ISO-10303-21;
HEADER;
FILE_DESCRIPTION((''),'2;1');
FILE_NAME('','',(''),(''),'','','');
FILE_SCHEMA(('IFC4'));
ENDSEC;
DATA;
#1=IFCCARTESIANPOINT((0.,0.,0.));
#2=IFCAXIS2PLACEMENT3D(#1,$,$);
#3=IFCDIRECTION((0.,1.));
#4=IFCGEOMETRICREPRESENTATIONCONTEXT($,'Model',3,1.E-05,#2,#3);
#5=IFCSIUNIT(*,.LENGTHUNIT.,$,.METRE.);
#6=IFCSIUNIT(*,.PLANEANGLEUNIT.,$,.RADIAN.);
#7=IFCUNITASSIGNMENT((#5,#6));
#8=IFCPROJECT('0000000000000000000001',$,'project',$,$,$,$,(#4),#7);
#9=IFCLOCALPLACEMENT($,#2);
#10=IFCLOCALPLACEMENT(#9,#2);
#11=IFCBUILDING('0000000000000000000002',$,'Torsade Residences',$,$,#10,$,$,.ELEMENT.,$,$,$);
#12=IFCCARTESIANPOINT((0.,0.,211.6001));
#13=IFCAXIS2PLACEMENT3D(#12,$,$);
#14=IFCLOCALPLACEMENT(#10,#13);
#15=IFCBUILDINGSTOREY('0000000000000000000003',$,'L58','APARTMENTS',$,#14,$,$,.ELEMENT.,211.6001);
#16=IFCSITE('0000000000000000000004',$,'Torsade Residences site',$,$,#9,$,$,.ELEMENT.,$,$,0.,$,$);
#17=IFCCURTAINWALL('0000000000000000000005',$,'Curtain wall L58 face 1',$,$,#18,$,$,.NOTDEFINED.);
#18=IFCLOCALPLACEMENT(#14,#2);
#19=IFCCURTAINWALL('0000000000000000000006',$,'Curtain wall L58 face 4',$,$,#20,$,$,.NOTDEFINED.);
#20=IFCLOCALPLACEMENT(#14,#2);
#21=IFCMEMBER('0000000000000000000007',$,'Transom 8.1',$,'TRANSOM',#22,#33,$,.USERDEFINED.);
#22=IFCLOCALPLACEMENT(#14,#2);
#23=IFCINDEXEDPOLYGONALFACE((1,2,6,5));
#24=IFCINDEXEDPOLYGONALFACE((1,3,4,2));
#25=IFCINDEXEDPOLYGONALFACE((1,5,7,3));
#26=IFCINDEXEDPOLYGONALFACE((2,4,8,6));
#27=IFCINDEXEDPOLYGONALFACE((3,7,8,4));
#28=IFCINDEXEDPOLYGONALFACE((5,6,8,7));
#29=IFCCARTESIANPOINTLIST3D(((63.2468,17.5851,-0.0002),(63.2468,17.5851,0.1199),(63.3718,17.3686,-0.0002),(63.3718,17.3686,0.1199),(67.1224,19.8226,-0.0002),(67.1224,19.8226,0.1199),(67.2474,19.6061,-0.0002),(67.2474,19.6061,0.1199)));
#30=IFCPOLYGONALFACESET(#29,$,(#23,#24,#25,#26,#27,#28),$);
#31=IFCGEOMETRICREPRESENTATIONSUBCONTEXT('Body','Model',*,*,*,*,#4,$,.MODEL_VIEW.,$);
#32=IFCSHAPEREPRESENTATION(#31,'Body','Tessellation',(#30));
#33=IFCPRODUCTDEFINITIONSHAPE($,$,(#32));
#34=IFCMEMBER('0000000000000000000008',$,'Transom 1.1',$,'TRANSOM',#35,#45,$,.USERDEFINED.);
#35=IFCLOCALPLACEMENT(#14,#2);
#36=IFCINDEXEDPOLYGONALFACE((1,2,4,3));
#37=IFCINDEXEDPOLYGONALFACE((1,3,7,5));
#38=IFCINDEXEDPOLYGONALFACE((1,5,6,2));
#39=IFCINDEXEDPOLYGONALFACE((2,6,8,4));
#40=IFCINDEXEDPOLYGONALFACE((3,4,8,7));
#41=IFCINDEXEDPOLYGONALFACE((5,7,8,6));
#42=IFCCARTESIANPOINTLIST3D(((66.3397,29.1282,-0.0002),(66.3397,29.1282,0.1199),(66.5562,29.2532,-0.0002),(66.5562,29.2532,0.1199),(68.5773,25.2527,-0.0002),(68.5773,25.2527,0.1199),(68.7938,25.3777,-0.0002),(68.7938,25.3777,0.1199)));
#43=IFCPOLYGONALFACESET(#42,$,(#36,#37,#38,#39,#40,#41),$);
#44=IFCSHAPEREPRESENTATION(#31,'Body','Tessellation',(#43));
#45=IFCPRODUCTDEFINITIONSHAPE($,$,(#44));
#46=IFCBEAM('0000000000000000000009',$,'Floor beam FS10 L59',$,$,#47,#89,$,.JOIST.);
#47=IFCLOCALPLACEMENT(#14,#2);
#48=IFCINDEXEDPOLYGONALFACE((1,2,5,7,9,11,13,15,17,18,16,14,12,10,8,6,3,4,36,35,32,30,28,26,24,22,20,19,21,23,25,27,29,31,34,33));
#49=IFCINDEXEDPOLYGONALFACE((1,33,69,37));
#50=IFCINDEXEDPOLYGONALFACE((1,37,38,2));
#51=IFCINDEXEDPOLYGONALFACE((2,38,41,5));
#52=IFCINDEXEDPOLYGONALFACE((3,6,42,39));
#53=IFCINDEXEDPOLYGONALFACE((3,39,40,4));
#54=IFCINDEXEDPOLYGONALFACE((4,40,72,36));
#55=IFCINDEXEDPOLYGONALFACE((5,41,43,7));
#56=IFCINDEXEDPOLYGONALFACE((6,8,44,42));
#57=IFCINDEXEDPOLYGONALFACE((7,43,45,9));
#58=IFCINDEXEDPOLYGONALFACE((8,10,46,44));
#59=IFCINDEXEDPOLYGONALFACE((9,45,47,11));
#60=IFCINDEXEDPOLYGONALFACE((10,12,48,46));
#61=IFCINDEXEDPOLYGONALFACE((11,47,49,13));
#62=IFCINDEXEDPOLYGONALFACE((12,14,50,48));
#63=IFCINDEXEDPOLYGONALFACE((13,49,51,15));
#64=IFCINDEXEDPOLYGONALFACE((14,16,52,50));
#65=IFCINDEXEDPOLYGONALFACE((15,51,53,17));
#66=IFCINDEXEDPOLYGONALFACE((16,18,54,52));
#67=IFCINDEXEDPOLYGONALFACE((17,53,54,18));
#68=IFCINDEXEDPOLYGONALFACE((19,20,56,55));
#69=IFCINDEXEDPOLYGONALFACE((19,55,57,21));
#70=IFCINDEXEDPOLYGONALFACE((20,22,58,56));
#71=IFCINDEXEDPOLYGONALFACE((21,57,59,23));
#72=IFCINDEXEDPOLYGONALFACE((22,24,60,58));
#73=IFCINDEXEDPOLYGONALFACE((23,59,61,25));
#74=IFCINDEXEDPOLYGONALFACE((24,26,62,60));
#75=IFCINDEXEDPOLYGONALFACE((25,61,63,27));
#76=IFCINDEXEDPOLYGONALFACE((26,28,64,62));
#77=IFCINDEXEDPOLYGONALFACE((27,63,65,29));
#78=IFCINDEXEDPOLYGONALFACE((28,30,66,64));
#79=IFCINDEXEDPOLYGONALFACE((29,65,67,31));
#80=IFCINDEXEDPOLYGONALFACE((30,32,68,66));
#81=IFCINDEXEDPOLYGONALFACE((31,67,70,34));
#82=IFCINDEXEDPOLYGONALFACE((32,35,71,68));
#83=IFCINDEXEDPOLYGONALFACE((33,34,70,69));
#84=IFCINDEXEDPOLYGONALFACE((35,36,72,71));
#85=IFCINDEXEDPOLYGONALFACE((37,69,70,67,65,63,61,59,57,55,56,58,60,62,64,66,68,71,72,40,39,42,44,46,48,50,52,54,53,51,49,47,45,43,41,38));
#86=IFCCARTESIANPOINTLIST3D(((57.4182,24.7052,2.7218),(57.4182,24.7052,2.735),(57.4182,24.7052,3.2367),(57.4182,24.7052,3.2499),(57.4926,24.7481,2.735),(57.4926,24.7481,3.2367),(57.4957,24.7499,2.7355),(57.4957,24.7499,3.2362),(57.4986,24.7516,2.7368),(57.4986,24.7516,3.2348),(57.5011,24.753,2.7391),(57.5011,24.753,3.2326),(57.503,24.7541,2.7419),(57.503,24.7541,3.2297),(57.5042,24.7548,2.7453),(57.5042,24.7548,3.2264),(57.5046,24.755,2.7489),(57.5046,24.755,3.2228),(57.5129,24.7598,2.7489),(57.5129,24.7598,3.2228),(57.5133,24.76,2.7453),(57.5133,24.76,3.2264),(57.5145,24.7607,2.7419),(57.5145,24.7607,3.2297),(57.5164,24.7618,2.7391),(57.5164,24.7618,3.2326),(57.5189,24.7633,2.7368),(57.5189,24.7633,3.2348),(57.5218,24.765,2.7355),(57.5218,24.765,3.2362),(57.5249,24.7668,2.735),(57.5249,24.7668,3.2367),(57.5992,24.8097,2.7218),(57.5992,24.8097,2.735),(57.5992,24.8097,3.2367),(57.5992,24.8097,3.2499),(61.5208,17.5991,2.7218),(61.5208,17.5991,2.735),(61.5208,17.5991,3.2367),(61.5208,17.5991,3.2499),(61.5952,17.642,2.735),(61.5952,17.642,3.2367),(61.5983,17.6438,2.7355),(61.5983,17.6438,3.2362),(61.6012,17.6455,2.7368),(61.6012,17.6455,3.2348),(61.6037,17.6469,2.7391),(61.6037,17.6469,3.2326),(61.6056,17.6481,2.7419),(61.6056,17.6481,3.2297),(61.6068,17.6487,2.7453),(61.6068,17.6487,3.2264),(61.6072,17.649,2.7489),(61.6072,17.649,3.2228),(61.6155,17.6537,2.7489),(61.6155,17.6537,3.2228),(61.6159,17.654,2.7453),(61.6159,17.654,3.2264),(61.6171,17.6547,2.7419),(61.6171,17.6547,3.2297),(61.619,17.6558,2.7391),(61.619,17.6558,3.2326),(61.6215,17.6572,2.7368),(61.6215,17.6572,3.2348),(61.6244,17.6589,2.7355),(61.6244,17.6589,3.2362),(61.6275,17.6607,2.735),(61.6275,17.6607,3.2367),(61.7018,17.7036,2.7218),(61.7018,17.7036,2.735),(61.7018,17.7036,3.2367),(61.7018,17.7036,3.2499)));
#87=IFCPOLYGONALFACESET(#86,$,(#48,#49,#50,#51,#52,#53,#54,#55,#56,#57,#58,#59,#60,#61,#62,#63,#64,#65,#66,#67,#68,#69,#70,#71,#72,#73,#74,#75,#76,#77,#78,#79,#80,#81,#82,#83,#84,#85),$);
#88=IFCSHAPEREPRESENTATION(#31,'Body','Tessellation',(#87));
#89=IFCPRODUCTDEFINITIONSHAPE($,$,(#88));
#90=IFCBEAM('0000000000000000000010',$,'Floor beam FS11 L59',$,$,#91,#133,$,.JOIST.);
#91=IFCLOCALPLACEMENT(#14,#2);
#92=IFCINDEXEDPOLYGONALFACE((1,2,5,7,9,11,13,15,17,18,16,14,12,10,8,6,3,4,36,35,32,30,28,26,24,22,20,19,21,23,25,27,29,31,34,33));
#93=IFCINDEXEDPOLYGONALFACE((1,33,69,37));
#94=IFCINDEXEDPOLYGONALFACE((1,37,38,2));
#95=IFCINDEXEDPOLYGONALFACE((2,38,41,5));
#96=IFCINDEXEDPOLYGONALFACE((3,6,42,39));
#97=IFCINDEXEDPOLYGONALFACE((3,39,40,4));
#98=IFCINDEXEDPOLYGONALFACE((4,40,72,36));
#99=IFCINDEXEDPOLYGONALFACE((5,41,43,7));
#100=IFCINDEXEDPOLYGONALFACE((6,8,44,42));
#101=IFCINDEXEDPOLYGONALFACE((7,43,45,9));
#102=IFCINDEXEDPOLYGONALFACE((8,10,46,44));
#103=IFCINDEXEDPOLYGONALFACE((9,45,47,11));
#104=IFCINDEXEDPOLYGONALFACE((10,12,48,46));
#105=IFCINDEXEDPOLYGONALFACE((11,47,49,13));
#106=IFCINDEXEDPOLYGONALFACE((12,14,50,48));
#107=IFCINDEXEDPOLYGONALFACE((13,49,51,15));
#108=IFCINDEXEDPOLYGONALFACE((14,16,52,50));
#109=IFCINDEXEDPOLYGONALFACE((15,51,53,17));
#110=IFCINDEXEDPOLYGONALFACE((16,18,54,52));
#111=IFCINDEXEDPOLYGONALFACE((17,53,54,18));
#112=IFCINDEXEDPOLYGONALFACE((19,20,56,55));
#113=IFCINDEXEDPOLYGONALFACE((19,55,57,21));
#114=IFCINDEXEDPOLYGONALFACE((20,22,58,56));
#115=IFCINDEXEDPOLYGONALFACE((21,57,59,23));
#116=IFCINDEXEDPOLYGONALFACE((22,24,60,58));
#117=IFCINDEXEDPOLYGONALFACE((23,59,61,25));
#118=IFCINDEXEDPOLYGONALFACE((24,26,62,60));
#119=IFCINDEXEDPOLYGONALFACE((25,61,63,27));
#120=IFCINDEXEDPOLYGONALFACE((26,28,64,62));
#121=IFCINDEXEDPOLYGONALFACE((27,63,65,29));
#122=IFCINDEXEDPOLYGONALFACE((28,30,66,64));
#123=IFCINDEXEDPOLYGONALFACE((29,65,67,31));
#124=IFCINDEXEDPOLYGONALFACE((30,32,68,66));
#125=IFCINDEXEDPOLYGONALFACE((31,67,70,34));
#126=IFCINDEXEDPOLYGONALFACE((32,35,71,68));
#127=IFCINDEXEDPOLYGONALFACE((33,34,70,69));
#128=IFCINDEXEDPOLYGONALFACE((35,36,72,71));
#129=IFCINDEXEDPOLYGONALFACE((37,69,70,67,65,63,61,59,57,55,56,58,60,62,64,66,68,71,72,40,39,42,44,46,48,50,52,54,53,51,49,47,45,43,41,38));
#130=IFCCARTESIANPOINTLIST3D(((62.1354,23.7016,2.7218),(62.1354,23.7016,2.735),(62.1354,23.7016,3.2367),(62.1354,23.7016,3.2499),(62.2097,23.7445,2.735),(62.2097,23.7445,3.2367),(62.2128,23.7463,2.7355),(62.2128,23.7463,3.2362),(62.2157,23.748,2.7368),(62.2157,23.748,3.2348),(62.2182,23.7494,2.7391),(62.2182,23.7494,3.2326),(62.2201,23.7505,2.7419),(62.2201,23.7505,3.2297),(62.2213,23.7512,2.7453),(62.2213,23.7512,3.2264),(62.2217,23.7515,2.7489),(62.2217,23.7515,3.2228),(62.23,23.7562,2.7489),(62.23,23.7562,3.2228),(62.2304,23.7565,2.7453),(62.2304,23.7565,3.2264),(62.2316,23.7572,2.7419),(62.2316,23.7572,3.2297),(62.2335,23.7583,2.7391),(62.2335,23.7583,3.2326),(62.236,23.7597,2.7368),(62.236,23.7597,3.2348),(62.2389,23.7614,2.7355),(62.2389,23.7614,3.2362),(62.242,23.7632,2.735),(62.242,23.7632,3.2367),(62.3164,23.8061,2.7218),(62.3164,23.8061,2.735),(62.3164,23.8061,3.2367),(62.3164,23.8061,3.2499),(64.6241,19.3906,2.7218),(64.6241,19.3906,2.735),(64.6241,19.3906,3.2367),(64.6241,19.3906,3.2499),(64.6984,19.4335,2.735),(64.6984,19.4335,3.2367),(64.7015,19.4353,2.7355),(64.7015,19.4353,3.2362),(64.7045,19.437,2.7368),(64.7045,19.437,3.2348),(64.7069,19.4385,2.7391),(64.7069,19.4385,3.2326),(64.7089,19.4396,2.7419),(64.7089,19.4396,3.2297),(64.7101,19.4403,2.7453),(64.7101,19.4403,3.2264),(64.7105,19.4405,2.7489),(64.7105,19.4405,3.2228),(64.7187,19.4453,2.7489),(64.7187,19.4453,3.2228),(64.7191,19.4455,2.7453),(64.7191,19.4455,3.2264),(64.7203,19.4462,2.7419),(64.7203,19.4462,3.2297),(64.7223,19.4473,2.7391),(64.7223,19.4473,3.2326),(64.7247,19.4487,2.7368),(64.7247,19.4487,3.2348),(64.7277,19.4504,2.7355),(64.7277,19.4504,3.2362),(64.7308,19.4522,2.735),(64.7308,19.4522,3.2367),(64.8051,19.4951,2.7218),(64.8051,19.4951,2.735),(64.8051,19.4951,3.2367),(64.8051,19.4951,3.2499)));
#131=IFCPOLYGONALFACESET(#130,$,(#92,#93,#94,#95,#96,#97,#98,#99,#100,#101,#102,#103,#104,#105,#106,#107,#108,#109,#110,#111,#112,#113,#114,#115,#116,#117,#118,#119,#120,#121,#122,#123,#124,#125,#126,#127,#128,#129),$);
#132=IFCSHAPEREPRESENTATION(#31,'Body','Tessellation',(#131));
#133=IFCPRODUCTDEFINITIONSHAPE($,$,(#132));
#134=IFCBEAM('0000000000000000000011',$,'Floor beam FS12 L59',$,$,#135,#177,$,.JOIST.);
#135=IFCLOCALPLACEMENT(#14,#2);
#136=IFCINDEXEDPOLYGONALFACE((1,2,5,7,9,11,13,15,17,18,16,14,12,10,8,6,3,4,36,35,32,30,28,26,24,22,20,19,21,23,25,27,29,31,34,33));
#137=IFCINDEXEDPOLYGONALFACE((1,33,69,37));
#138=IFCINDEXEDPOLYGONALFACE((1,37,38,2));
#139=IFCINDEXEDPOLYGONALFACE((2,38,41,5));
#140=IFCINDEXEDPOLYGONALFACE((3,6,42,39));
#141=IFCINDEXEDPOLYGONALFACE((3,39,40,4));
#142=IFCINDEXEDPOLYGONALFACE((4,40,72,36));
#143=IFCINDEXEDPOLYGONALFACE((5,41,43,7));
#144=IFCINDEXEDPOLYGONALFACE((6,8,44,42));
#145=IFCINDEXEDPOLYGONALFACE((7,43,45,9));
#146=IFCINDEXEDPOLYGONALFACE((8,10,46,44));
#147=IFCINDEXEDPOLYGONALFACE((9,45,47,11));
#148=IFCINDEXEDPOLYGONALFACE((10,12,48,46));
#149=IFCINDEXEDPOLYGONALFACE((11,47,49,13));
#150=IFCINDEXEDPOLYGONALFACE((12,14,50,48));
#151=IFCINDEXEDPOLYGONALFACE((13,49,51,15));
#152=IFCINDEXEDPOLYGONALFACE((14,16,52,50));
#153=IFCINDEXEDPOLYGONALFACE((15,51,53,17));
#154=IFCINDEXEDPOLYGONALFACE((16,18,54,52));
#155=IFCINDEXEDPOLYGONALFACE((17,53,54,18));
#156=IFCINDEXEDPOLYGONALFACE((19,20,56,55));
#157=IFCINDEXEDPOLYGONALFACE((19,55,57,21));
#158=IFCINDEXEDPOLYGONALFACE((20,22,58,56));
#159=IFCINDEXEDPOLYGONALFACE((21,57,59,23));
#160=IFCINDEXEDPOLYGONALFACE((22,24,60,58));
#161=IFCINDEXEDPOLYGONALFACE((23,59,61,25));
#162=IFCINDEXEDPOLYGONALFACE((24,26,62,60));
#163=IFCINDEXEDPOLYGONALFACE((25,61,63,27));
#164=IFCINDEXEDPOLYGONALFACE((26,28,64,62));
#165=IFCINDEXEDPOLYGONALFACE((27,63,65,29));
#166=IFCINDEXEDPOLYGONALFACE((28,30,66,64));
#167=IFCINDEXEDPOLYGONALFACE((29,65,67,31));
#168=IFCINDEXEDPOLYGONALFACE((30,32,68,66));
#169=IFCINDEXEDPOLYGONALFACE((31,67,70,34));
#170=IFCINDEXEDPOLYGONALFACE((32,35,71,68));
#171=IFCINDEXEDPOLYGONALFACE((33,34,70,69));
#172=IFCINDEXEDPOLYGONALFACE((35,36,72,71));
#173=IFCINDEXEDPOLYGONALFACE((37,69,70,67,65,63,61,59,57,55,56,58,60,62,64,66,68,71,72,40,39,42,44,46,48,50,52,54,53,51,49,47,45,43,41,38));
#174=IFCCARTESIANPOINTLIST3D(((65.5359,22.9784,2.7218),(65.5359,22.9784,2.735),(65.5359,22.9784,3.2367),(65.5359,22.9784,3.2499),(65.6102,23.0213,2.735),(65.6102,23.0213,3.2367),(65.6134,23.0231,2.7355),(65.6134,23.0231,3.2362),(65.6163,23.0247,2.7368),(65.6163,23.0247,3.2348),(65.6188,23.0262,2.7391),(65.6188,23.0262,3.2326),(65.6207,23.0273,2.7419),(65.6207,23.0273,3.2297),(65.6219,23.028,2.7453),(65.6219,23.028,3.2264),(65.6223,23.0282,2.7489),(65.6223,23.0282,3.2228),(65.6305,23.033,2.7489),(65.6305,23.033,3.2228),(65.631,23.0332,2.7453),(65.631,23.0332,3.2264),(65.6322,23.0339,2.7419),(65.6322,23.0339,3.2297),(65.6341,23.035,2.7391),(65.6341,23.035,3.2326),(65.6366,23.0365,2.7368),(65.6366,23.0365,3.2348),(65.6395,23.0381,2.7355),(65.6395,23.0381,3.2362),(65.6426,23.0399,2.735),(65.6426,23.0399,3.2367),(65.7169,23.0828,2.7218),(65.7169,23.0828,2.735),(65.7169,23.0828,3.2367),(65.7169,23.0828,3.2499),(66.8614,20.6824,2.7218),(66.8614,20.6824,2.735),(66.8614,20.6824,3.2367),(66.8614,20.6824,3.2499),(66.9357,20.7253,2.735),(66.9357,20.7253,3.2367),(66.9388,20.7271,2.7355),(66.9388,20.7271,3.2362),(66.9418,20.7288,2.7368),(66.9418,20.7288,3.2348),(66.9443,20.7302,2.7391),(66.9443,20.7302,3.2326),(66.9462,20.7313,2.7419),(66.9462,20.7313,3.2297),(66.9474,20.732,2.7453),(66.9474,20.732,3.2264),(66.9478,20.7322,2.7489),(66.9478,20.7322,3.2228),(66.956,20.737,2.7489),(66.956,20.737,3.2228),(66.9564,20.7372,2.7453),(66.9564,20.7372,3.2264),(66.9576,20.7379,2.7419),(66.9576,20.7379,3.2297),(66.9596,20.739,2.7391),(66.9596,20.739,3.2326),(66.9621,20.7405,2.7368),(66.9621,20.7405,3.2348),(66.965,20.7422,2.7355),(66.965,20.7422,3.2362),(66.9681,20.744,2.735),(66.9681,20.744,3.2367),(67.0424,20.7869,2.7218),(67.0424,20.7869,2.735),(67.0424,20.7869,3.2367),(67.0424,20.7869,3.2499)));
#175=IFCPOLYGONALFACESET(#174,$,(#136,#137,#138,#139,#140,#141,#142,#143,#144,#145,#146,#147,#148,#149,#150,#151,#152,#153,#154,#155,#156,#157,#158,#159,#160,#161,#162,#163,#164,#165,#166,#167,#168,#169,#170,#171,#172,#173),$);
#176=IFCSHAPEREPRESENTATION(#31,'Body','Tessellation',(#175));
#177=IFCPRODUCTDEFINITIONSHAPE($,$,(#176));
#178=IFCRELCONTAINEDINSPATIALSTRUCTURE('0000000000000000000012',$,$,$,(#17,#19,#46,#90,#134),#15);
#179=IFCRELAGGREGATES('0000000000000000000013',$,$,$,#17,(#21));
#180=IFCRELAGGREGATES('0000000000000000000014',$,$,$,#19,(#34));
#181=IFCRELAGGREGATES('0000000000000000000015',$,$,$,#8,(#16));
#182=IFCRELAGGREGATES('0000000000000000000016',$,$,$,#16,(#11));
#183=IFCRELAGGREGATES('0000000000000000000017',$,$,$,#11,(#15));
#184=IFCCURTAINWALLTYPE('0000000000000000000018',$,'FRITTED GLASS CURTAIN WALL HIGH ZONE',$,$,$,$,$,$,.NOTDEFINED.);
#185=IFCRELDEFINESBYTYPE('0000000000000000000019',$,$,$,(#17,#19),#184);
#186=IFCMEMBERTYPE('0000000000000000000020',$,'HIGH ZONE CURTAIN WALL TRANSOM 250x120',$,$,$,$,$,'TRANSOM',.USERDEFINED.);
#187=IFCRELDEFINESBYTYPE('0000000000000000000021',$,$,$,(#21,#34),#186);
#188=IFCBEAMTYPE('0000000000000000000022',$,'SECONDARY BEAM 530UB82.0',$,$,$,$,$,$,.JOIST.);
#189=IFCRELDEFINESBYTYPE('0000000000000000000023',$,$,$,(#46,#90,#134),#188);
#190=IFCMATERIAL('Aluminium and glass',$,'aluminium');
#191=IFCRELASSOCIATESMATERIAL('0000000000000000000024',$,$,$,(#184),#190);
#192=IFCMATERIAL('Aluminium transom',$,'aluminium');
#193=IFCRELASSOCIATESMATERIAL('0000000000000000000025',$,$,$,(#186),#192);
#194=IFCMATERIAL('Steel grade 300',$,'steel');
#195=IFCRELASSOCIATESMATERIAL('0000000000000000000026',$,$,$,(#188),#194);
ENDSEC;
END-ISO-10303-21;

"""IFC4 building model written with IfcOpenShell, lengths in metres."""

from ifc_helpers import new_model, si_unit, direction, frame, origin, origin_2d, place, context, subcontext, project, spatial, rectangle, i_section, extrude, material, material_profile, profile_set, type_object, element, aggregate, save


model = new_model("IFC4")

# Units and contexts
model_context = context("Model", 3, precision=1e-05, world=origin(), true_north=direction((0.0, 1.0)))
body_context = subcontext(model_context, "Body", "Model", "MODEL_VIEW")
ifc_project = project(units=[si_unit("LENGTHUNIT", "METRE"), si_unit("PLANEANGLEUNIT", "RADIAN")], contexts=[model_context])

# Site, building, storey
site_placement = place(None, origin())
site = spatial("IfcSite", under=ifc_project, at=site_placement, Name="Torsade Residences site", CompositionType="ELEMENT", RefElevation=0.0)
building_placement = place(site_placement, origin())
building = spatial("IfcBuilding", under=site, at=building_placement, Name="Torsade Residences", CompositionType="ELEMENT")
storey_placement = place(building_placement, frame((0.0, 0.0, 211.6001)))
storey = spatial("IfcBuildingStorey", under=building, at=storey_placement, Name="L58", Description="APARTMENTS", CompositionType="ELEMENT", Elevation=211.6001)

# Curtain wall
ifc_material_1 = material(Name="Aluminium and glass", Category="aluminium")
curtain_wall_type = type_object("IfcCurtainWallType", Name="FRITTED GLASS CURTAIN WALL HIGH ZONE", PredefinedType="NOTDEFINED", material=ifc_material_1)
curtain_wall_1_placement = place(storey_placement, origin())
curtain_wall_1 = element("IfcCurtainWall", 1, at=curtain_wall_1_placement, inside=storey, type_object=curtain_wall_type, Name="Curtain wall L58 face 1", PredefinedType="NOTDEFINED")

# Curtain wall
curtain_wall_2_placement = place(storey_placement, origin())
curtain_wall_2 = element("IfcCurtainWall", 2, at=curtain_wall_2_placement, inside=storey, type_object=curtain_wall_type, Name="Curtain wall L58 face 4", PredefinedType="NOTDEFINED")

# Members
ifc_material_2 = material(Name="Aluminium transom", Category="aluminium")
ifc_material_profile_1 = material_profile(ifc_material_2, rectangle(XDim=0.25, YDim=0.1201, at=origin_2d()), Name="HIGH ZONE CURTAIN WALL TRANSOM 250x120")
ifc_profile_set_1 = profile_set([ifc_material_profile_1], Name="Aluminium transom")
member_type_1 = type_object("IfcMemberType", Name="HIGH ZONE CURTAIN WALL TRANSOM 250x120", ElementType="TRANSOM", PredefinedType="USERDEFINED", material=ifc_profile_set_1)
member_1_placement = place(storey_placement, frame((63.3093, 17.4768, 0.0598), z_axis=(0.866022, 0.500006, 0.0), x_axis=(-0.500006, 0.866022, 0.0)))
member_1 = element("IfcMember", 3, at=member_1_placement, type_object=member_type_1, Name="Transom 8.1", ObjectType="TRANSOM", PredefinedType="USERDEFINED", context=body_context, shape_type="SweptSolid", body=[
    extrude(rectangle(XDim=0.25, YDim=0.1201, at=origin_2d()), origin(), (0.0, 0.0, 1.0), 4.4751),
])
member_2_placement = place(storey_placement, frame((68.6855, 25.3152, 0.0598), z_axis=(-0.500006, 0.866022, 0.0), x_axis=(-0.866022, -0.500006, 0.0)))
member_2 = element("IfcMember", 4, at=member_2_placement, type_object=member_type_1, Name="Transom 1.1", ObjectType="TRANSOM", PredefinedType="USERDEFINED", context=body_context, shape_type="SweptSolid", body=[
    extrude(rectangle(XDim=0.25, YDim=0.1201, at=origin_2d()), origin(), (0.0, 0.0, 1.0), 4.4751),
])

# Beams
ifc_material_3 = material(Name="Steel grade 300", Category="steel")
ifc_material_profile_2 = material_profile(ifc_material_3, i_section(OverallWidth=0.209, OverallDepth=0.5281, WebThickness=0.0095, FlangeThickness=0.0132, FilletRadius=0.0139, at=origin_2d()), Name="530UB82.0")
ifc_profile_set_2 = profile_set([ifc_material_profile_2], Name="Steel grade 300")
beam_type_1 = type_object("IfcBeamType", Name="SECONDARY BEAM 530UB82.0", PredefinedType="JOIST", material=ifc_profile_set_2)
beam_1_placement = place(storey_placement, frame((61.6113, 17.6514, 2.9858), z_axis=(-0.499992, 0.86603, 0.0), x_axis=(-0.86603, -0.499992, 0.0)))
element("IfcBeam", 5, at=beam_1_placement, inside=storey, type_object=beam_type_1, Name="Floor beam FS10 L59", PredefinedType="JOIST", context=body_context, shape_type="SweptSolid", body=[
    extrude(i_section(OverallWidth=0.209, OverallDepth=0.5281, WebThickness=0.0095, FlangeThickness=0.0132, FilletRadius=0.0139, at=origin_2d()), origin(), (0.0, 0.0, 1.0), 8.2053),
])
beam_2_placement = place(storey_placement, frame((64.7146, 19.4429, 2.9858), z_axis=(-0.499969, 0.866043, 0.0), x_axis=(-0.866043, -0.499969, 0.0)))
element("IfcBeam", 6, at=beam_2_placement, inside=storey, type_object=beam_type_1, Name="Floor beam FS11 L59", PredefinedType="JOIST", context=body_context, shape_type="SweptSolid", body=[
    extrude(i_section(OverallWidth=0.209, OverallDepth=0.5281, WebThickness=0.0095, FlangeThickness=0.0132, FilletRadius=0.0139, at=origin_2d()), origin(), (0.0, 0.0, 1.0), 4.9778),
])
beam_3_placement = place(storey_placement, frame((66.9519, 20.7346, 2.9858), z_axis=(-0.499972, 0.866041, 0.0), x_axis=(-0.866041, -0.499972, 0.0)))
element("IfcBeam", 7, at=beam_3_placement, inside=storey, type_object=beam_type_1, Name="Floor beam FS12 L59", PredefinedType="JOIST", context=body_context, shape_type="SweptSolid", body=[
    extrude(i_section(OverallWidth=0.209, OverallDepth=0.5281, WebThickness=0.0095, FlangeThickness=0.0132, FilletRadius=0.0139, at=origin_2d()), origin(), (0.0, 0.0, 1.0), 2.6511),
])

aggregate(curtain_wall_1, [member_1])
aggregate(curtain_wall_2, [member_2])

save(model, "model.ifc")
